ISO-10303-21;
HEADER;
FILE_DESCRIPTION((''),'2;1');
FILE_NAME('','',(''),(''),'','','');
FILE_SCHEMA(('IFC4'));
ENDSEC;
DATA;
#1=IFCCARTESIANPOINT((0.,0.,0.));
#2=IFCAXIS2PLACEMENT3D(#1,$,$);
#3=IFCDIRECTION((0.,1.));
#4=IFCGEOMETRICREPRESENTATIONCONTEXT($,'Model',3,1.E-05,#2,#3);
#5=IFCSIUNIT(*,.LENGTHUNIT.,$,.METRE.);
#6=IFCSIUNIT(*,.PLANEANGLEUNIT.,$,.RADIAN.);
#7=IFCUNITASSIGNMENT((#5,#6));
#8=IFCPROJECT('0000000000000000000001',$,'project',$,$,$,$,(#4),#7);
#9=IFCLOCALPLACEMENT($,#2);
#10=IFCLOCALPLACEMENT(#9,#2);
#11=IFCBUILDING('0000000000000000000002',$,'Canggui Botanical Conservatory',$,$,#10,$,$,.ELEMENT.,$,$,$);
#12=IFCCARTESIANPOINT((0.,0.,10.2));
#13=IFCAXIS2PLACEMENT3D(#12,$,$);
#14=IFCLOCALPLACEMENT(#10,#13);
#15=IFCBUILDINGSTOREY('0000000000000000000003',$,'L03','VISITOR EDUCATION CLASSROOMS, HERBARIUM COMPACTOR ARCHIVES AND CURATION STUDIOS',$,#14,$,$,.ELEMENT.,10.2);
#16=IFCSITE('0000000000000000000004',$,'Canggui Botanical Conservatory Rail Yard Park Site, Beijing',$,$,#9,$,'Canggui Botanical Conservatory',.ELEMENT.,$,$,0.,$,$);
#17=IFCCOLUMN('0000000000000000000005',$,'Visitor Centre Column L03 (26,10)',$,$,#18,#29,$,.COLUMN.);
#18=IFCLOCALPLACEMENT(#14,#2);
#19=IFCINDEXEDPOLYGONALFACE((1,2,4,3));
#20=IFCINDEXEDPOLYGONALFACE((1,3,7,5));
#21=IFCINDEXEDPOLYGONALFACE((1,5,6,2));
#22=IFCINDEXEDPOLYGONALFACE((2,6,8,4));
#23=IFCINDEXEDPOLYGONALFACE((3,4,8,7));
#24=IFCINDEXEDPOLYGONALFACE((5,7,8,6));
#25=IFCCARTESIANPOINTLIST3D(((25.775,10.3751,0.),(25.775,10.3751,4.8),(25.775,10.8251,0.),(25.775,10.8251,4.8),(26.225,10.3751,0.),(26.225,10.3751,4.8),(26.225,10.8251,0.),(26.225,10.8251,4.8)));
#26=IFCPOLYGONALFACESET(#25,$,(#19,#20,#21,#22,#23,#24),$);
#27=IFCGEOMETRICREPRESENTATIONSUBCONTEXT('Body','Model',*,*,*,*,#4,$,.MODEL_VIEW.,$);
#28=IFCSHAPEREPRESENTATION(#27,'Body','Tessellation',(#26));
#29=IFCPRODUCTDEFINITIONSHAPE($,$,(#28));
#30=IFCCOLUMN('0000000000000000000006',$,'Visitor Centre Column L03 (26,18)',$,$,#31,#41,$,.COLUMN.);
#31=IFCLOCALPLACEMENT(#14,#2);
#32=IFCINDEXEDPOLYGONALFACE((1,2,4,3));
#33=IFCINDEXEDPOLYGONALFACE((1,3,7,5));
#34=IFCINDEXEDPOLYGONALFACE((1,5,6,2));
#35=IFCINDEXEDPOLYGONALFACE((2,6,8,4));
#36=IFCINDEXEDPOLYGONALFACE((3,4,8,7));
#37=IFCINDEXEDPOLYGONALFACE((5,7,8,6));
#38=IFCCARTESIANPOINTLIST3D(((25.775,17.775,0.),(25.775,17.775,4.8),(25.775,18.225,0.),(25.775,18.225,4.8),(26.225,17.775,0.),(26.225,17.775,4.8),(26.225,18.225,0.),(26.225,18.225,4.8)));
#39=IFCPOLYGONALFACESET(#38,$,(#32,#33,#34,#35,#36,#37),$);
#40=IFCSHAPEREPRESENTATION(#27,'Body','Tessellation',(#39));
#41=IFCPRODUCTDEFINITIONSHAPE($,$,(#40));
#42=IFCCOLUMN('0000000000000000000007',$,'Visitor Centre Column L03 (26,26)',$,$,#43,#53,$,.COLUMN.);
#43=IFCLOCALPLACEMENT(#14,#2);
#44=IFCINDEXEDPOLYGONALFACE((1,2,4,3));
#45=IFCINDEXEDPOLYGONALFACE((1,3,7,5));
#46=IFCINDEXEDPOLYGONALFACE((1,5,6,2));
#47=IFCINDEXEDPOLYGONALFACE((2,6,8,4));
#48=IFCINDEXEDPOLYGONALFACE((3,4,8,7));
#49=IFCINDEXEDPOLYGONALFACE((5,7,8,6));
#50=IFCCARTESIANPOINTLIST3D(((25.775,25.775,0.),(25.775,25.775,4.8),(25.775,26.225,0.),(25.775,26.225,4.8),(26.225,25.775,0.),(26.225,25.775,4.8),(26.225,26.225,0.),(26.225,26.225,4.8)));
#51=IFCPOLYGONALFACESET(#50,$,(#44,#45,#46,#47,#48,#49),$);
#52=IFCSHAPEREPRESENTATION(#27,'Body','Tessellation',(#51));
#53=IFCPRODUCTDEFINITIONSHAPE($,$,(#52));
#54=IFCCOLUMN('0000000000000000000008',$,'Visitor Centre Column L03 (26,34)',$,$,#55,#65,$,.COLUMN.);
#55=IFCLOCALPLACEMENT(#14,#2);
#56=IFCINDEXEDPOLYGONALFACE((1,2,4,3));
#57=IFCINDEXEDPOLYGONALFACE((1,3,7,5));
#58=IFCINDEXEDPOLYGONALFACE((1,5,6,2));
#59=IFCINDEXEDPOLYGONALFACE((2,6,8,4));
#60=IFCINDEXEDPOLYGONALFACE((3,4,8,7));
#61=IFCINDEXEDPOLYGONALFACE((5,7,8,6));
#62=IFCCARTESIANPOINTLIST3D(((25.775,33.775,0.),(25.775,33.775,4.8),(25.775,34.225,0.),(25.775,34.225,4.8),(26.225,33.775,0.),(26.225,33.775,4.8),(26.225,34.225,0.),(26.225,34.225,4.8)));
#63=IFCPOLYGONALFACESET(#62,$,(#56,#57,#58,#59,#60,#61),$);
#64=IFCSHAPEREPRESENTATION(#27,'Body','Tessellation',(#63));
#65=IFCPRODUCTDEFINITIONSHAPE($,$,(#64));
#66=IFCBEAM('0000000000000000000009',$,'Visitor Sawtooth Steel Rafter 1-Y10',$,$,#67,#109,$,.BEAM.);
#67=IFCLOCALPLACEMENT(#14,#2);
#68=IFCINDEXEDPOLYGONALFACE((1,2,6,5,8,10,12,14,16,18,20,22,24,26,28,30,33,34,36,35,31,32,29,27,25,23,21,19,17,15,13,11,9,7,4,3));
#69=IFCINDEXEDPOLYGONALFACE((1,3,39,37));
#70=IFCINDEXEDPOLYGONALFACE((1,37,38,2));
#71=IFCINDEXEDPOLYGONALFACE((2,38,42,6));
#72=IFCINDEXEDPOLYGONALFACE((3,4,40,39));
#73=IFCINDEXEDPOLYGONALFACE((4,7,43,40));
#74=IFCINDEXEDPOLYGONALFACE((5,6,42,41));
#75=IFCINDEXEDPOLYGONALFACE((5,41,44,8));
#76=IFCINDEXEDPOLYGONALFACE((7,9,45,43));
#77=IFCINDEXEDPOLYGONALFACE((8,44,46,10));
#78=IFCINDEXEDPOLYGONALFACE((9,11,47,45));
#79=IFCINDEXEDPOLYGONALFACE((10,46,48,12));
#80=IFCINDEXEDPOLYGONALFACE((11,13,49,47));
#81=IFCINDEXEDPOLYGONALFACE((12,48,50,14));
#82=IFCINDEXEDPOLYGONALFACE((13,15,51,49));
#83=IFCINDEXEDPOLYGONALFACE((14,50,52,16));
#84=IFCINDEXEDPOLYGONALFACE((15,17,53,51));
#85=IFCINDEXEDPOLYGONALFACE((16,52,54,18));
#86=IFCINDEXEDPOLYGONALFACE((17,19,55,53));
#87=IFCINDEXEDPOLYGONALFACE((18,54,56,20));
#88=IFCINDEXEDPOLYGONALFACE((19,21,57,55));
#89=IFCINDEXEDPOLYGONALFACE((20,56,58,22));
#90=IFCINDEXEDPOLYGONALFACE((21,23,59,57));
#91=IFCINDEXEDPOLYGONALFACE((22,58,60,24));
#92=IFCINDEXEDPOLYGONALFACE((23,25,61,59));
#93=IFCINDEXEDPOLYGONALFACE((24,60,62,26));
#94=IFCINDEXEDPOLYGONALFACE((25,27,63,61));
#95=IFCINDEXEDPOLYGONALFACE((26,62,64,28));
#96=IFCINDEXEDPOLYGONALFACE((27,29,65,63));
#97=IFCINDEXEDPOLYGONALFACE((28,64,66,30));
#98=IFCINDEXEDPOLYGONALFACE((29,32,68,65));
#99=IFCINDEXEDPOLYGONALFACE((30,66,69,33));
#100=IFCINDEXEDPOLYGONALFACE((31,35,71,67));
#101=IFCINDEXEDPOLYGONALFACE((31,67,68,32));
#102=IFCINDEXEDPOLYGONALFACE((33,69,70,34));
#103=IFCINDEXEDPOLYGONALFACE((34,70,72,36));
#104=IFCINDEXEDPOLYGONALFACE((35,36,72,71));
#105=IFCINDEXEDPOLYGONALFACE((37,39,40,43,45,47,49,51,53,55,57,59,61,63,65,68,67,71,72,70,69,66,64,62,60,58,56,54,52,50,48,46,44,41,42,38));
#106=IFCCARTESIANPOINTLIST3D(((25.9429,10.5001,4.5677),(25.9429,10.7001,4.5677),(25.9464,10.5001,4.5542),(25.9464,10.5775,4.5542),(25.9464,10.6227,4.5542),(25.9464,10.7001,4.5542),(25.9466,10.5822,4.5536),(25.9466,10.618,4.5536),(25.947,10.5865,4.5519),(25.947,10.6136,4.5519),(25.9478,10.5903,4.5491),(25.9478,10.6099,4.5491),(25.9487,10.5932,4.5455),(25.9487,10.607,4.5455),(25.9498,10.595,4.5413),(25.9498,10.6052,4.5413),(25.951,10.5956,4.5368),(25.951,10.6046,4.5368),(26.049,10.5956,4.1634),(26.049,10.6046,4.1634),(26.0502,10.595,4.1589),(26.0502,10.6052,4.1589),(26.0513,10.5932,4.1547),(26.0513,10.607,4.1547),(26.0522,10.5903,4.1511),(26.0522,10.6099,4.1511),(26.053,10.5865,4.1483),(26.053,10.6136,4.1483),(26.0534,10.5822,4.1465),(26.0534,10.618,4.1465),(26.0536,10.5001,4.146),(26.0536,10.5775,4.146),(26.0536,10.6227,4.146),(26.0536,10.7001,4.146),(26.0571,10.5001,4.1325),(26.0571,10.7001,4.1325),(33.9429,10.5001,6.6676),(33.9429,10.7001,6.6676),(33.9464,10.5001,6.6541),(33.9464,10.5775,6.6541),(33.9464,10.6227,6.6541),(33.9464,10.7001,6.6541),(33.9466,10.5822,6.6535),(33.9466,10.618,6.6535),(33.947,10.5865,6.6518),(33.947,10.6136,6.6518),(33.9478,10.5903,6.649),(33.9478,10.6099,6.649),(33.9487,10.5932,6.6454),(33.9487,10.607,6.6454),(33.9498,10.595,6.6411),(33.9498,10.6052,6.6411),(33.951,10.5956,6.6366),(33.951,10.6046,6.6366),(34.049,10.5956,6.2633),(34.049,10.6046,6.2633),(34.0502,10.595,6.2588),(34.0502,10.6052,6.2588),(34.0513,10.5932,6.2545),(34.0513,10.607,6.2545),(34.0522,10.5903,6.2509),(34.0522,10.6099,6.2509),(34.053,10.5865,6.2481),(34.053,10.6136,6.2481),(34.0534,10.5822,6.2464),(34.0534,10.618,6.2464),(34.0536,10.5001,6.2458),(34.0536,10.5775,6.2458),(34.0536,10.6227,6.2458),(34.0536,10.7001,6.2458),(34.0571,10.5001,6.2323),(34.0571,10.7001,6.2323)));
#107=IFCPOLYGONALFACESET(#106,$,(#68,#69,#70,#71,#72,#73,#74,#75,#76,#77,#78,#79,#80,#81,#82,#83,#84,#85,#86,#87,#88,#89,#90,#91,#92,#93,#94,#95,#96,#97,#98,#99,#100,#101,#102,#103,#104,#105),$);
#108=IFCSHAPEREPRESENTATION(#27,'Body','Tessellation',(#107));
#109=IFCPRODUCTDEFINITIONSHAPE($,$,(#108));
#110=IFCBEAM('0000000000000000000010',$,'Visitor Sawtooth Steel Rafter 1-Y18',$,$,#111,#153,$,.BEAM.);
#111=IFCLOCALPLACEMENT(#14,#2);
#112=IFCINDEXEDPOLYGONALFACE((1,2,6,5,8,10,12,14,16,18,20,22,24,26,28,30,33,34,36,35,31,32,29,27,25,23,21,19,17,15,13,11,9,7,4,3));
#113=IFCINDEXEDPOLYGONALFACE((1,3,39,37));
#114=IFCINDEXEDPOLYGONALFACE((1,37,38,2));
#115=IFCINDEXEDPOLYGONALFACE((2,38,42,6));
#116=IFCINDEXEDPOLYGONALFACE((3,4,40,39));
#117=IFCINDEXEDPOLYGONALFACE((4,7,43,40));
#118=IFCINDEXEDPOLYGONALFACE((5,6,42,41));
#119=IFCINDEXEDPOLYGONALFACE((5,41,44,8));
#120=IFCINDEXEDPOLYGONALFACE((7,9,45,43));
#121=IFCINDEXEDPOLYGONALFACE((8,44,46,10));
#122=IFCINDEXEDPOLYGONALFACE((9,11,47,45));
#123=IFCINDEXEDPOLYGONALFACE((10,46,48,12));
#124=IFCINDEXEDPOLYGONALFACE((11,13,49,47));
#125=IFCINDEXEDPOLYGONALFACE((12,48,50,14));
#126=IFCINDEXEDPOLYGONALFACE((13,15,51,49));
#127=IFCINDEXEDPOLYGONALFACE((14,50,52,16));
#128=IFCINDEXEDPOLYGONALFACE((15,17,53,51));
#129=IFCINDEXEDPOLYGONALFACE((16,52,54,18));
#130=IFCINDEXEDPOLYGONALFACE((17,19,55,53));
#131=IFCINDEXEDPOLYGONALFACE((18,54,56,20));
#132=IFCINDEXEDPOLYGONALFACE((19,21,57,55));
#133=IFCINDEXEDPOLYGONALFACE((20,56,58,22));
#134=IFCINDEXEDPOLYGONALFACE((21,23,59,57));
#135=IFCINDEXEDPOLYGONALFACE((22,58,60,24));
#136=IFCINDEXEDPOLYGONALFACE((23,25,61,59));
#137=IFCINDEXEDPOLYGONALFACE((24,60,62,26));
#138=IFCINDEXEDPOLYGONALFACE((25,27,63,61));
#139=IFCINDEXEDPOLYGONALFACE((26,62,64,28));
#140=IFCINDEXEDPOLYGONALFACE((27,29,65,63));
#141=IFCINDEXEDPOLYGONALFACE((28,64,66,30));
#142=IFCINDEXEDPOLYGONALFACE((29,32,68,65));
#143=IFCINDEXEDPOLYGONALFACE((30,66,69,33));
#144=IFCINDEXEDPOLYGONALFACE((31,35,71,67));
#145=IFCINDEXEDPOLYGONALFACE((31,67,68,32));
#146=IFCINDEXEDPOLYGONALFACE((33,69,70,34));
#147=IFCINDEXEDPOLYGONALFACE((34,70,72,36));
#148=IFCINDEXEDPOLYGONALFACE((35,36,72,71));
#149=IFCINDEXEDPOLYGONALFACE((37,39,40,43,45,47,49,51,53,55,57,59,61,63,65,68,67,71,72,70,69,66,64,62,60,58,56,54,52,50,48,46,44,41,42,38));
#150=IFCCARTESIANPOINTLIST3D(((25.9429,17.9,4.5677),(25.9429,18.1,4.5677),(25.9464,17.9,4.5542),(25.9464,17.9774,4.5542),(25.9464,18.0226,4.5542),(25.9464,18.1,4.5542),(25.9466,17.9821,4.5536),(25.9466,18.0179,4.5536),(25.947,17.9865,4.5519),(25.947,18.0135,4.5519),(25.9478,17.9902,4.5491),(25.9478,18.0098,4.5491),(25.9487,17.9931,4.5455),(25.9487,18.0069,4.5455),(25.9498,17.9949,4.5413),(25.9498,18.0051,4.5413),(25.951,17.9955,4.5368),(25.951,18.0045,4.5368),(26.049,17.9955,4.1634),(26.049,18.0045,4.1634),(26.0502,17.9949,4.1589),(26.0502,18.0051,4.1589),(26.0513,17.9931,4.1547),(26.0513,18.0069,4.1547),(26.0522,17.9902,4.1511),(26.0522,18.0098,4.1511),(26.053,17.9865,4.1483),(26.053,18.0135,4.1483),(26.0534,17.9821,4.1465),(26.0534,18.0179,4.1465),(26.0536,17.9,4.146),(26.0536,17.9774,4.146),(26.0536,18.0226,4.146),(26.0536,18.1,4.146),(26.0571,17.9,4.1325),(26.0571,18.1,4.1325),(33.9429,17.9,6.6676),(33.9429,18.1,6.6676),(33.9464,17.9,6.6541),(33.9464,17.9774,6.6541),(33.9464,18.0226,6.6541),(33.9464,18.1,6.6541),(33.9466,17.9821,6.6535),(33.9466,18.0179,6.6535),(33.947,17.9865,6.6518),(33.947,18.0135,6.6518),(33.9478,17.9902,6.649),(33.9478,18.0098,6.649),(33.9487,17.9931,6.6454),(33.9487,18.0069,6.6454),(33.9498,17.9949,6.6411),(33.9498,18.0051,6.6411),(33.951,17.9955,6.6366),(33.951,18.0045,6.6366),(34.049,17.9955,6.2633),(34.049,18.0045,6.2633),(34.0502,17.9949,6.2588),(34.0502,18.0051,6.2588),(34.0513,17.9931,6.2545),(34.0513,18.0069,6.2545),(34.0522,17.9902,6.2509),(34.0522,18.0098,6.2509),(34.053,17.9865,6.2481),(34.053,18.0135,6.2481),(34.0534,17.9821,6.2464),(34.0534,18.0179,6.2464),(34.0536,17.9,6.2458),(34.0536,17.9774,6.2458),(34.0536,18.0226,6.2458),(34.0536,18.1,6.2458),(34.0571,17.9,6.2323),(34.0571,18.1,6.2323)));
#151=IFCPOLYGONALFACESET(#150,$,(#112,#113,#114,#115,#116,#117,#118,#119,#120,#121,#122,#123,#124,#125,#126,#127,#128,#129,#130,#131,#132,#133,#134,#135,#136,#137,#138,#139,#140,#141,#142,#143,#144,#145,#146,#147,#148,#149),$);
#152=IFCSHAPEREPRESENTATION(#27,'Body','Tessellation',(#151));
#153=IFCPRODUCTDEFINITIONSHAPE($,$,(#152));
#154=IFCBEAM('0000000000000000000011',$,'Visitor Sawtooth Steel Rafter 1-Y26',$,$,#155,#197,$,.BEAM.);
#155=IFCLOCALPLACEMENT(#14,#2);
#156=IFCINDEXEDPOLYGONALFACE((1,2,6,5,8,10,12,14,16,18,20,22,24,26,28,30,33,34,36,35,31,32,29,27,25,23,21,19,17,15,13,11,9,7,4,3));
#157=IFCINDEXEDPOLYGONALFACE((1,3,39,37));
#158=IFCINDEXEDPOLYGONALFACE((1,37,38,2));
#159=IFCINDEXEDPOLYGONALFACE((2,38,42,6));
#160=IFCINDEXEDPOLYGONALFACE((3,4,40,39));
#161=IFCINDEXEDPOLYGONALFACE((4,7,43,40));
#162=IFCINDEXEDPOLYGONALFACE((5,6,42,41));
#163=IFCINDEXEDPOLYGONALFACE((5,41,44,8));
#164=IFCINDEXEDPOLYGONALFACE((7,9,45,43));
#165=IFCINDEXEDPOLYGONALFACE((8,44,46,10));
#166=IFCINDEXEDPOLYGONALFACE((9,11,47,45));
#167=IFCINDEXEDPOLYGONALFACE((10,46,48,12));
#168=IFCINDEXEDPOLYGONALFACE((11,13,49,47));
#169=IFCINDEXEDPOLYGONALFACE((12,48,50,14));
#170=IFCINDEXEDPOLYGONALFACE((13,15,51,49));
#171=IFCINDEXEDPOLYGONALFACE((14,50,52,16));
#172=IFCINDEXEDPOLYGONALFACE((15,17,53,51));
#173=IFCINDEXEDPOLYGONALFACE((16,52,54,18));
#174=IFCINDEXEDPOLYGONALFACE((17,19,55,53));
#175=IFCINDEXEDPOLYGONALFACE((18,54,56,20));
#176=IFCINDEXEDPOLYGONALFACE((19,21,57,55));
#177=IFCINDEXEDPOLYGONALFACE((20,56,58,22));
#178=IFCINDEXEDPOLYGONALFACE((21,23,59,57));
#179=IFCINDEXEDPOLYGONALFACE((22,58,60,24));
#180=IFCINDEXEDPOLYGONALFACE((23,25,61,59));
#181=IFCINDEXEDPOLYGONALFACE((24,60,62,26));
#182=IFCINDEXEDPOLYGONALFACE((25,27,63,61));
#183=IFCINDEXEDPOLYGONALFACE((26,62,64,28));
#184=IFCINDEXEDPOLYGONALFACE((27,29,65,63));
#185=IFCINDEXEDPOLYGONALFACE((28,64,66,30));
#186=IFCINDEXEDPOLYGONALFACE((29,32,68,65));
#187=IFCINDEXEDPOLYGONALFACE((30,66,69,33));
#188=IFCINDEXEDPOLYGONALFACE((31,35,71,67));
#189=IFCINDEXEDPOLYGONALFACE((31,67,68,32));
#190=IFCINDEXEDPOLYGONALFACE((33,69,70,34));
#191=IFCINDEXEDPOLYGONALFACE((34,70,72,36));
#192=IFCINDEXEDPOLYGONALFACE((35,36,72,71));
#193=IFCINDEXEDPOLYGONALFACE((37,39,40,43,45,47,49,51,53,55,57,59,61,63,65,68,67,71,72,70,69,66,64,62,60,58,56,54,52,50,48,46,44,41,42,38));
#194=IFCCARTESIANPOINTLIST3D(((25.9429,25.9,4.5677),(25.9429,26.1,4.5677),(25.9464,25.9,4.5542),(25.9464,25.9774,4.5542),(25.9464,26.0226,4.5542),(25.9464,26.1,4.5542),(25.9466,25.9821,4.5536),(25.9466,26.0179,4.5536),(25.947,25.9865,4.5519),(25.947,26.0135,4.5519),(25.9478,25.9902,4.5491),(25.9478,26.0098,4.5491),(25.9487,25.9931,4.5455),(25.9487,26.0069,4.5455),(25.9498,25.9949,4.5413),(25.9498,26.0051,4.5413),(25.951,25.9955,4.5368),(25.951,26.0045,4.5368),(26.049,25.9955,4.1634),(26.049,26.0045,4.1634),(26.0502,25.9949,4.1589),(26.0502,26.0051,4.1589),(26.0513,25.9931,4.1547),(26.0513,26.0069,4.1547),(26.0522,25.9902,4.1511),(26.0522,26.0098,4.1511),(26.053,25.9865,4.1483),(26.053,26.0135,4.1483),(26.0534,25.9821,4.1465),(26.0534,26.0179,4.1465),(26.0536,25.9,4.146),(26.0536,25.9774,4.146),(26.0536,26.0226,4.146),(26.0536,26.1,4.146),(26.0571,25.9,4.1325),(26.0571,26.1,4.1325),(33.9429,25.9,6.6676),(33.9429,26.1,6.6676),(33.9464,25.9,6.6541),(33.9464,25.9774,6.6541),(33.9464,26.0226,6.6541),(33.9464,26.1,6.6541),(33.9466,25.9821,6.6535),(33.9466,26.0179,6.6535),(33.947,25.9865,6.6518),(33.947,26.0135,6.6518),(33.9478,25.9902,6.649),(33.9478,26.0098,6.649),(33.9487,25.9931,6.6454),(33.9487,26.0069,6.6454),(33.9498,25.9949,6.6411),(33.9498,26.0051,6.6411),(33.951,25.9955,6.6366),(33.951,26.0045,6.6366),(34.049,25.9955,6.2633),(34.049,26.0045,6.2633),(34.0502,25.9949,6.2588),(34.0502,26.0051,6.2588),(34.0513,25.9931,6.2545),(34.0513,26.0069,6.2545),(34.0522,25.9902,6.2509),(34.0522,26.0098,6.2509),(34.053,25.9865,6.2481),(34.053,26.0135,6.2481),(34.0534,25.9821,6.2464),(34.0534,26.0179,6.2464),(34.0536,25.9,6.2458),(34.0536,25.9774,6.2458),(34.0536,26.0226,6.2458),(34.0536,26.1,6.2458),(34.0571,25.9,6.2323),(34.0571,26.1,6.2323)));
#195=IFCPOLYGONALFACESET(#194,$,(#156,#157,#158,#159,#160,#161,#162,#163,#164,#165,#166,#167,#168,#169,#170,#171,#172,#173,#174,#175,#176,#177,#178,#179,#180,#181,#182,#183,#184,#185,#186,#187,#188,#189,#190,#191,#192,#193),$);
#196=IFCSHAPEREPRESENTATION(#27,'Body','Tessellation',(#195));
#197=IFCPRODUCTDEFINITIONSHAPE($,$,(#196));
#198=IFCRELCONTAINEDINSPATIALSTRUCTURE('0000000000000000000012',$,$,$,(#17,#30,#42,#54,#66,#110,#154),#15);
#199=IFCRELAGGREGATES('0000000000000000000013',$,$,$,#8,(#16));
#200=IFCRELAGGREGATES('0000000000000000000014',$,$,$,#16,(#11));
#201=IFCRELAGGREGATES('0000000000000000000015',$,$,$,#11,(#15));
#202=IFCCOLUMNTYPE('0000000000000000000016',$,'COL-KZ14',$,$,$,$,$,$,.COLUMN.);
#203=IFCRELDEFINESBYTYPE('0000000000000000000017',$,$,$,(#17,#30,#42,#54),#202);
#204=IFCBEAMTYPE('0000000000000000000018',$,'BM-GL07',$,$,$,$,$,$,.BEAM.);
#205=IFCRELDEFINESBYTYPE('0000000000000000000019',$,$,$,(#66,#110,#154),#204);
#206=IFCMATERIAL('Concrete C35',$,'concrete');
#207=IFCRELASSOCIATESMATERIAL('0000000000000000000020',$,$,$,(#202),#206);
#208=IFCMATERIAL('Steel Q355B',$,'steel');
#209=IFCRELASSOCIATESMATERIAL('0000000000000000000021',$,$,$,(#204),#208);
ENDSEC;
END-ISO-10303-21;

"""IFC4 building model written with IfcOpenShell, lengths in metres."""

from ifc_helpers import new_model, si_unit, direction, frame, origin, origin_2d, place, context, subcontext, project, spatial, rectangle, i_section, extrude, material, material_profile, profile_set, type_object, element, save


model = new_model("IFC4")

# Units and contexts
model_context = context("Model", 3, precision=1e-05, world=origin(), true_north=direction((0.0, 1.0)))
body_context = subcontext(model_context, "Body", "Model", "MODEL_VIEW")
ifc_project = project(units=[si_unit("LENGTHUNIT", "METRE"), si_unit("PLANEANGLEUNIT", "RADIAN")], contexts=[model_context])

# Site, building, storey
site_placement = place(None, origin())
site = spatial("IfcSite", under=ifc_project, at=site_placement, Name="Canggui Botanical Conservatory Rail Yard Park Site, Beijing", LongName="Canggui Botanical Conservatory", CompositionType="ELEMENT", RefElevation=0.0)
building_placement = place(site_placement, origin())
building = spatial("IfcBuilding", under=site, at=building_placement, Name="Canggui Botanical Conservatory", CompositionType="ELEMENT")
storey_placement = place(building_placement, frame((0.0, 0.0, 10.2)))
storey = spatial("IfcBuildingStorey", under=building, at=storey_placement, Name="L03", Description="VISITOR EDUCATION CLASSROOMS, HERBARIUM COMPACTOR ARCHIVES AND CURATION STUDIOS", CompositionType="ELEMENT", Elevation=10.2)

# Columns
ifc_material_1 = material(Name="Concrete C35", Category="concrete")
ifc_material_profile_1 = material_profile(ifc_material_1, rectangle(XDim=0.45, YDim=0.45, at=origin_2d()), Name="RC 450x450")
ifc_profile_set_1 = profile_set([ifc_material_profile_1], Name="Concrete C35")
column_type = type_object("IfcColumnType", Name="COL-KZ14", PredefinedType="COLUMN", material=ifc_profile_set_1)
for number, where, z_axis, x_axis, name in (
    (1, (26.0, 10.6001, 0.0), (0.0, 0.0, 1.0), (1.0, 0.0, 0.0), "Visitor Centre Column L03 (26,10)"),
    (2, (26.0, 18.0, 0.0), (0.0, 0.0, 1.0), (1.0, 0.0, 0.0), "Visitor Centre Column L03 (26,18)"),
    (3, (26.0, 26.0, 0.0), (0.0, 0.0, 1.0), (1.0, 0.0, 0.0), "Visitor Centre Column L03 (26,26)"),
    (4, (26.0, 34.0, 0.0), (0.0, 0.0, 1.0), (1.0, 0.0, 0.0), "Visitor Centre Column L03 (26,34)"),
):
    element("IfcColumn", number, at=place(storey_placement, frame(where, z_axis=z_axis, x_axis=x_axis)), inside=storey, type_object=column_type, Name=name, PredefinedType="COLUMN", context=body_context, shape_type="SweptSolid", body=[
        extrude(rectangle(XDim=0.45, YDim=0.45, at=origin_2d()), origin(), (0.0, 0.0, 1.0), 4.8),
    ])

# Beams
ifc_material_2 = material(Name="Steel Q355B", Category="steel")
ifc_material_profile_2 = material_profile(ifc_material_2, i_section(OverallWidth=0.2, OverallDepth=0.45, WebThickness=0.009, FlangeThickness=0.0139, FilletRadius=0.0181, at=origin_2d()), Name="HN 450x200x9x14")
ifc_profile_set_2 = profile_set([ifc_material_profile_2], Name="Steel Q355B")
beam_type = type_object("IfcBeamType", Name="BM-GL07", PredefinedType="BEAM", material=ifc_profile_set_2)
for number, where, z_axis, x_axis, name in (
    (5, (26.0, 10.6001, 4.3501), (0.967235, 0.0, 0.253882), (0.0, 1.0, 0.0), "Visitor Sawtooth Steel Rafter 1-Y10"),
    (6, (26.0, 18.0, 4.3501), (0.967235, 0.0, 0.253882), (0.0, 1.0, 0.0), "Visitor Sawtooth Steel Rafter 1-Y18"),
    (7, (26.0, 26.0, 4.3501), (0.967235, 0.0, 0.253882), (0.0, 1.0, 0.0), "Visitor Sawtooth Steel Rafter 1-Y26"),
):
    element("IfcBeam", number, at=place(storey_placement, frame(where, z_axis=z_axis, x_axis=x_axis)), inside=storey, type_object=beam_type, Name=name, PredefinedType="BEAM", context=body_context, shape_type="SweptSolid", body=[
        extrude(i_section(OverallWidth=0.2, OverallDepth=0.45, WebThickness=0.009, FlangeThickness=0.0139, FilletRadius=0.0181, at=origin_2d()), origin(), (0.0, 0.0, 1.0), 8.271),
    ])

save(model, "model.ifc")
